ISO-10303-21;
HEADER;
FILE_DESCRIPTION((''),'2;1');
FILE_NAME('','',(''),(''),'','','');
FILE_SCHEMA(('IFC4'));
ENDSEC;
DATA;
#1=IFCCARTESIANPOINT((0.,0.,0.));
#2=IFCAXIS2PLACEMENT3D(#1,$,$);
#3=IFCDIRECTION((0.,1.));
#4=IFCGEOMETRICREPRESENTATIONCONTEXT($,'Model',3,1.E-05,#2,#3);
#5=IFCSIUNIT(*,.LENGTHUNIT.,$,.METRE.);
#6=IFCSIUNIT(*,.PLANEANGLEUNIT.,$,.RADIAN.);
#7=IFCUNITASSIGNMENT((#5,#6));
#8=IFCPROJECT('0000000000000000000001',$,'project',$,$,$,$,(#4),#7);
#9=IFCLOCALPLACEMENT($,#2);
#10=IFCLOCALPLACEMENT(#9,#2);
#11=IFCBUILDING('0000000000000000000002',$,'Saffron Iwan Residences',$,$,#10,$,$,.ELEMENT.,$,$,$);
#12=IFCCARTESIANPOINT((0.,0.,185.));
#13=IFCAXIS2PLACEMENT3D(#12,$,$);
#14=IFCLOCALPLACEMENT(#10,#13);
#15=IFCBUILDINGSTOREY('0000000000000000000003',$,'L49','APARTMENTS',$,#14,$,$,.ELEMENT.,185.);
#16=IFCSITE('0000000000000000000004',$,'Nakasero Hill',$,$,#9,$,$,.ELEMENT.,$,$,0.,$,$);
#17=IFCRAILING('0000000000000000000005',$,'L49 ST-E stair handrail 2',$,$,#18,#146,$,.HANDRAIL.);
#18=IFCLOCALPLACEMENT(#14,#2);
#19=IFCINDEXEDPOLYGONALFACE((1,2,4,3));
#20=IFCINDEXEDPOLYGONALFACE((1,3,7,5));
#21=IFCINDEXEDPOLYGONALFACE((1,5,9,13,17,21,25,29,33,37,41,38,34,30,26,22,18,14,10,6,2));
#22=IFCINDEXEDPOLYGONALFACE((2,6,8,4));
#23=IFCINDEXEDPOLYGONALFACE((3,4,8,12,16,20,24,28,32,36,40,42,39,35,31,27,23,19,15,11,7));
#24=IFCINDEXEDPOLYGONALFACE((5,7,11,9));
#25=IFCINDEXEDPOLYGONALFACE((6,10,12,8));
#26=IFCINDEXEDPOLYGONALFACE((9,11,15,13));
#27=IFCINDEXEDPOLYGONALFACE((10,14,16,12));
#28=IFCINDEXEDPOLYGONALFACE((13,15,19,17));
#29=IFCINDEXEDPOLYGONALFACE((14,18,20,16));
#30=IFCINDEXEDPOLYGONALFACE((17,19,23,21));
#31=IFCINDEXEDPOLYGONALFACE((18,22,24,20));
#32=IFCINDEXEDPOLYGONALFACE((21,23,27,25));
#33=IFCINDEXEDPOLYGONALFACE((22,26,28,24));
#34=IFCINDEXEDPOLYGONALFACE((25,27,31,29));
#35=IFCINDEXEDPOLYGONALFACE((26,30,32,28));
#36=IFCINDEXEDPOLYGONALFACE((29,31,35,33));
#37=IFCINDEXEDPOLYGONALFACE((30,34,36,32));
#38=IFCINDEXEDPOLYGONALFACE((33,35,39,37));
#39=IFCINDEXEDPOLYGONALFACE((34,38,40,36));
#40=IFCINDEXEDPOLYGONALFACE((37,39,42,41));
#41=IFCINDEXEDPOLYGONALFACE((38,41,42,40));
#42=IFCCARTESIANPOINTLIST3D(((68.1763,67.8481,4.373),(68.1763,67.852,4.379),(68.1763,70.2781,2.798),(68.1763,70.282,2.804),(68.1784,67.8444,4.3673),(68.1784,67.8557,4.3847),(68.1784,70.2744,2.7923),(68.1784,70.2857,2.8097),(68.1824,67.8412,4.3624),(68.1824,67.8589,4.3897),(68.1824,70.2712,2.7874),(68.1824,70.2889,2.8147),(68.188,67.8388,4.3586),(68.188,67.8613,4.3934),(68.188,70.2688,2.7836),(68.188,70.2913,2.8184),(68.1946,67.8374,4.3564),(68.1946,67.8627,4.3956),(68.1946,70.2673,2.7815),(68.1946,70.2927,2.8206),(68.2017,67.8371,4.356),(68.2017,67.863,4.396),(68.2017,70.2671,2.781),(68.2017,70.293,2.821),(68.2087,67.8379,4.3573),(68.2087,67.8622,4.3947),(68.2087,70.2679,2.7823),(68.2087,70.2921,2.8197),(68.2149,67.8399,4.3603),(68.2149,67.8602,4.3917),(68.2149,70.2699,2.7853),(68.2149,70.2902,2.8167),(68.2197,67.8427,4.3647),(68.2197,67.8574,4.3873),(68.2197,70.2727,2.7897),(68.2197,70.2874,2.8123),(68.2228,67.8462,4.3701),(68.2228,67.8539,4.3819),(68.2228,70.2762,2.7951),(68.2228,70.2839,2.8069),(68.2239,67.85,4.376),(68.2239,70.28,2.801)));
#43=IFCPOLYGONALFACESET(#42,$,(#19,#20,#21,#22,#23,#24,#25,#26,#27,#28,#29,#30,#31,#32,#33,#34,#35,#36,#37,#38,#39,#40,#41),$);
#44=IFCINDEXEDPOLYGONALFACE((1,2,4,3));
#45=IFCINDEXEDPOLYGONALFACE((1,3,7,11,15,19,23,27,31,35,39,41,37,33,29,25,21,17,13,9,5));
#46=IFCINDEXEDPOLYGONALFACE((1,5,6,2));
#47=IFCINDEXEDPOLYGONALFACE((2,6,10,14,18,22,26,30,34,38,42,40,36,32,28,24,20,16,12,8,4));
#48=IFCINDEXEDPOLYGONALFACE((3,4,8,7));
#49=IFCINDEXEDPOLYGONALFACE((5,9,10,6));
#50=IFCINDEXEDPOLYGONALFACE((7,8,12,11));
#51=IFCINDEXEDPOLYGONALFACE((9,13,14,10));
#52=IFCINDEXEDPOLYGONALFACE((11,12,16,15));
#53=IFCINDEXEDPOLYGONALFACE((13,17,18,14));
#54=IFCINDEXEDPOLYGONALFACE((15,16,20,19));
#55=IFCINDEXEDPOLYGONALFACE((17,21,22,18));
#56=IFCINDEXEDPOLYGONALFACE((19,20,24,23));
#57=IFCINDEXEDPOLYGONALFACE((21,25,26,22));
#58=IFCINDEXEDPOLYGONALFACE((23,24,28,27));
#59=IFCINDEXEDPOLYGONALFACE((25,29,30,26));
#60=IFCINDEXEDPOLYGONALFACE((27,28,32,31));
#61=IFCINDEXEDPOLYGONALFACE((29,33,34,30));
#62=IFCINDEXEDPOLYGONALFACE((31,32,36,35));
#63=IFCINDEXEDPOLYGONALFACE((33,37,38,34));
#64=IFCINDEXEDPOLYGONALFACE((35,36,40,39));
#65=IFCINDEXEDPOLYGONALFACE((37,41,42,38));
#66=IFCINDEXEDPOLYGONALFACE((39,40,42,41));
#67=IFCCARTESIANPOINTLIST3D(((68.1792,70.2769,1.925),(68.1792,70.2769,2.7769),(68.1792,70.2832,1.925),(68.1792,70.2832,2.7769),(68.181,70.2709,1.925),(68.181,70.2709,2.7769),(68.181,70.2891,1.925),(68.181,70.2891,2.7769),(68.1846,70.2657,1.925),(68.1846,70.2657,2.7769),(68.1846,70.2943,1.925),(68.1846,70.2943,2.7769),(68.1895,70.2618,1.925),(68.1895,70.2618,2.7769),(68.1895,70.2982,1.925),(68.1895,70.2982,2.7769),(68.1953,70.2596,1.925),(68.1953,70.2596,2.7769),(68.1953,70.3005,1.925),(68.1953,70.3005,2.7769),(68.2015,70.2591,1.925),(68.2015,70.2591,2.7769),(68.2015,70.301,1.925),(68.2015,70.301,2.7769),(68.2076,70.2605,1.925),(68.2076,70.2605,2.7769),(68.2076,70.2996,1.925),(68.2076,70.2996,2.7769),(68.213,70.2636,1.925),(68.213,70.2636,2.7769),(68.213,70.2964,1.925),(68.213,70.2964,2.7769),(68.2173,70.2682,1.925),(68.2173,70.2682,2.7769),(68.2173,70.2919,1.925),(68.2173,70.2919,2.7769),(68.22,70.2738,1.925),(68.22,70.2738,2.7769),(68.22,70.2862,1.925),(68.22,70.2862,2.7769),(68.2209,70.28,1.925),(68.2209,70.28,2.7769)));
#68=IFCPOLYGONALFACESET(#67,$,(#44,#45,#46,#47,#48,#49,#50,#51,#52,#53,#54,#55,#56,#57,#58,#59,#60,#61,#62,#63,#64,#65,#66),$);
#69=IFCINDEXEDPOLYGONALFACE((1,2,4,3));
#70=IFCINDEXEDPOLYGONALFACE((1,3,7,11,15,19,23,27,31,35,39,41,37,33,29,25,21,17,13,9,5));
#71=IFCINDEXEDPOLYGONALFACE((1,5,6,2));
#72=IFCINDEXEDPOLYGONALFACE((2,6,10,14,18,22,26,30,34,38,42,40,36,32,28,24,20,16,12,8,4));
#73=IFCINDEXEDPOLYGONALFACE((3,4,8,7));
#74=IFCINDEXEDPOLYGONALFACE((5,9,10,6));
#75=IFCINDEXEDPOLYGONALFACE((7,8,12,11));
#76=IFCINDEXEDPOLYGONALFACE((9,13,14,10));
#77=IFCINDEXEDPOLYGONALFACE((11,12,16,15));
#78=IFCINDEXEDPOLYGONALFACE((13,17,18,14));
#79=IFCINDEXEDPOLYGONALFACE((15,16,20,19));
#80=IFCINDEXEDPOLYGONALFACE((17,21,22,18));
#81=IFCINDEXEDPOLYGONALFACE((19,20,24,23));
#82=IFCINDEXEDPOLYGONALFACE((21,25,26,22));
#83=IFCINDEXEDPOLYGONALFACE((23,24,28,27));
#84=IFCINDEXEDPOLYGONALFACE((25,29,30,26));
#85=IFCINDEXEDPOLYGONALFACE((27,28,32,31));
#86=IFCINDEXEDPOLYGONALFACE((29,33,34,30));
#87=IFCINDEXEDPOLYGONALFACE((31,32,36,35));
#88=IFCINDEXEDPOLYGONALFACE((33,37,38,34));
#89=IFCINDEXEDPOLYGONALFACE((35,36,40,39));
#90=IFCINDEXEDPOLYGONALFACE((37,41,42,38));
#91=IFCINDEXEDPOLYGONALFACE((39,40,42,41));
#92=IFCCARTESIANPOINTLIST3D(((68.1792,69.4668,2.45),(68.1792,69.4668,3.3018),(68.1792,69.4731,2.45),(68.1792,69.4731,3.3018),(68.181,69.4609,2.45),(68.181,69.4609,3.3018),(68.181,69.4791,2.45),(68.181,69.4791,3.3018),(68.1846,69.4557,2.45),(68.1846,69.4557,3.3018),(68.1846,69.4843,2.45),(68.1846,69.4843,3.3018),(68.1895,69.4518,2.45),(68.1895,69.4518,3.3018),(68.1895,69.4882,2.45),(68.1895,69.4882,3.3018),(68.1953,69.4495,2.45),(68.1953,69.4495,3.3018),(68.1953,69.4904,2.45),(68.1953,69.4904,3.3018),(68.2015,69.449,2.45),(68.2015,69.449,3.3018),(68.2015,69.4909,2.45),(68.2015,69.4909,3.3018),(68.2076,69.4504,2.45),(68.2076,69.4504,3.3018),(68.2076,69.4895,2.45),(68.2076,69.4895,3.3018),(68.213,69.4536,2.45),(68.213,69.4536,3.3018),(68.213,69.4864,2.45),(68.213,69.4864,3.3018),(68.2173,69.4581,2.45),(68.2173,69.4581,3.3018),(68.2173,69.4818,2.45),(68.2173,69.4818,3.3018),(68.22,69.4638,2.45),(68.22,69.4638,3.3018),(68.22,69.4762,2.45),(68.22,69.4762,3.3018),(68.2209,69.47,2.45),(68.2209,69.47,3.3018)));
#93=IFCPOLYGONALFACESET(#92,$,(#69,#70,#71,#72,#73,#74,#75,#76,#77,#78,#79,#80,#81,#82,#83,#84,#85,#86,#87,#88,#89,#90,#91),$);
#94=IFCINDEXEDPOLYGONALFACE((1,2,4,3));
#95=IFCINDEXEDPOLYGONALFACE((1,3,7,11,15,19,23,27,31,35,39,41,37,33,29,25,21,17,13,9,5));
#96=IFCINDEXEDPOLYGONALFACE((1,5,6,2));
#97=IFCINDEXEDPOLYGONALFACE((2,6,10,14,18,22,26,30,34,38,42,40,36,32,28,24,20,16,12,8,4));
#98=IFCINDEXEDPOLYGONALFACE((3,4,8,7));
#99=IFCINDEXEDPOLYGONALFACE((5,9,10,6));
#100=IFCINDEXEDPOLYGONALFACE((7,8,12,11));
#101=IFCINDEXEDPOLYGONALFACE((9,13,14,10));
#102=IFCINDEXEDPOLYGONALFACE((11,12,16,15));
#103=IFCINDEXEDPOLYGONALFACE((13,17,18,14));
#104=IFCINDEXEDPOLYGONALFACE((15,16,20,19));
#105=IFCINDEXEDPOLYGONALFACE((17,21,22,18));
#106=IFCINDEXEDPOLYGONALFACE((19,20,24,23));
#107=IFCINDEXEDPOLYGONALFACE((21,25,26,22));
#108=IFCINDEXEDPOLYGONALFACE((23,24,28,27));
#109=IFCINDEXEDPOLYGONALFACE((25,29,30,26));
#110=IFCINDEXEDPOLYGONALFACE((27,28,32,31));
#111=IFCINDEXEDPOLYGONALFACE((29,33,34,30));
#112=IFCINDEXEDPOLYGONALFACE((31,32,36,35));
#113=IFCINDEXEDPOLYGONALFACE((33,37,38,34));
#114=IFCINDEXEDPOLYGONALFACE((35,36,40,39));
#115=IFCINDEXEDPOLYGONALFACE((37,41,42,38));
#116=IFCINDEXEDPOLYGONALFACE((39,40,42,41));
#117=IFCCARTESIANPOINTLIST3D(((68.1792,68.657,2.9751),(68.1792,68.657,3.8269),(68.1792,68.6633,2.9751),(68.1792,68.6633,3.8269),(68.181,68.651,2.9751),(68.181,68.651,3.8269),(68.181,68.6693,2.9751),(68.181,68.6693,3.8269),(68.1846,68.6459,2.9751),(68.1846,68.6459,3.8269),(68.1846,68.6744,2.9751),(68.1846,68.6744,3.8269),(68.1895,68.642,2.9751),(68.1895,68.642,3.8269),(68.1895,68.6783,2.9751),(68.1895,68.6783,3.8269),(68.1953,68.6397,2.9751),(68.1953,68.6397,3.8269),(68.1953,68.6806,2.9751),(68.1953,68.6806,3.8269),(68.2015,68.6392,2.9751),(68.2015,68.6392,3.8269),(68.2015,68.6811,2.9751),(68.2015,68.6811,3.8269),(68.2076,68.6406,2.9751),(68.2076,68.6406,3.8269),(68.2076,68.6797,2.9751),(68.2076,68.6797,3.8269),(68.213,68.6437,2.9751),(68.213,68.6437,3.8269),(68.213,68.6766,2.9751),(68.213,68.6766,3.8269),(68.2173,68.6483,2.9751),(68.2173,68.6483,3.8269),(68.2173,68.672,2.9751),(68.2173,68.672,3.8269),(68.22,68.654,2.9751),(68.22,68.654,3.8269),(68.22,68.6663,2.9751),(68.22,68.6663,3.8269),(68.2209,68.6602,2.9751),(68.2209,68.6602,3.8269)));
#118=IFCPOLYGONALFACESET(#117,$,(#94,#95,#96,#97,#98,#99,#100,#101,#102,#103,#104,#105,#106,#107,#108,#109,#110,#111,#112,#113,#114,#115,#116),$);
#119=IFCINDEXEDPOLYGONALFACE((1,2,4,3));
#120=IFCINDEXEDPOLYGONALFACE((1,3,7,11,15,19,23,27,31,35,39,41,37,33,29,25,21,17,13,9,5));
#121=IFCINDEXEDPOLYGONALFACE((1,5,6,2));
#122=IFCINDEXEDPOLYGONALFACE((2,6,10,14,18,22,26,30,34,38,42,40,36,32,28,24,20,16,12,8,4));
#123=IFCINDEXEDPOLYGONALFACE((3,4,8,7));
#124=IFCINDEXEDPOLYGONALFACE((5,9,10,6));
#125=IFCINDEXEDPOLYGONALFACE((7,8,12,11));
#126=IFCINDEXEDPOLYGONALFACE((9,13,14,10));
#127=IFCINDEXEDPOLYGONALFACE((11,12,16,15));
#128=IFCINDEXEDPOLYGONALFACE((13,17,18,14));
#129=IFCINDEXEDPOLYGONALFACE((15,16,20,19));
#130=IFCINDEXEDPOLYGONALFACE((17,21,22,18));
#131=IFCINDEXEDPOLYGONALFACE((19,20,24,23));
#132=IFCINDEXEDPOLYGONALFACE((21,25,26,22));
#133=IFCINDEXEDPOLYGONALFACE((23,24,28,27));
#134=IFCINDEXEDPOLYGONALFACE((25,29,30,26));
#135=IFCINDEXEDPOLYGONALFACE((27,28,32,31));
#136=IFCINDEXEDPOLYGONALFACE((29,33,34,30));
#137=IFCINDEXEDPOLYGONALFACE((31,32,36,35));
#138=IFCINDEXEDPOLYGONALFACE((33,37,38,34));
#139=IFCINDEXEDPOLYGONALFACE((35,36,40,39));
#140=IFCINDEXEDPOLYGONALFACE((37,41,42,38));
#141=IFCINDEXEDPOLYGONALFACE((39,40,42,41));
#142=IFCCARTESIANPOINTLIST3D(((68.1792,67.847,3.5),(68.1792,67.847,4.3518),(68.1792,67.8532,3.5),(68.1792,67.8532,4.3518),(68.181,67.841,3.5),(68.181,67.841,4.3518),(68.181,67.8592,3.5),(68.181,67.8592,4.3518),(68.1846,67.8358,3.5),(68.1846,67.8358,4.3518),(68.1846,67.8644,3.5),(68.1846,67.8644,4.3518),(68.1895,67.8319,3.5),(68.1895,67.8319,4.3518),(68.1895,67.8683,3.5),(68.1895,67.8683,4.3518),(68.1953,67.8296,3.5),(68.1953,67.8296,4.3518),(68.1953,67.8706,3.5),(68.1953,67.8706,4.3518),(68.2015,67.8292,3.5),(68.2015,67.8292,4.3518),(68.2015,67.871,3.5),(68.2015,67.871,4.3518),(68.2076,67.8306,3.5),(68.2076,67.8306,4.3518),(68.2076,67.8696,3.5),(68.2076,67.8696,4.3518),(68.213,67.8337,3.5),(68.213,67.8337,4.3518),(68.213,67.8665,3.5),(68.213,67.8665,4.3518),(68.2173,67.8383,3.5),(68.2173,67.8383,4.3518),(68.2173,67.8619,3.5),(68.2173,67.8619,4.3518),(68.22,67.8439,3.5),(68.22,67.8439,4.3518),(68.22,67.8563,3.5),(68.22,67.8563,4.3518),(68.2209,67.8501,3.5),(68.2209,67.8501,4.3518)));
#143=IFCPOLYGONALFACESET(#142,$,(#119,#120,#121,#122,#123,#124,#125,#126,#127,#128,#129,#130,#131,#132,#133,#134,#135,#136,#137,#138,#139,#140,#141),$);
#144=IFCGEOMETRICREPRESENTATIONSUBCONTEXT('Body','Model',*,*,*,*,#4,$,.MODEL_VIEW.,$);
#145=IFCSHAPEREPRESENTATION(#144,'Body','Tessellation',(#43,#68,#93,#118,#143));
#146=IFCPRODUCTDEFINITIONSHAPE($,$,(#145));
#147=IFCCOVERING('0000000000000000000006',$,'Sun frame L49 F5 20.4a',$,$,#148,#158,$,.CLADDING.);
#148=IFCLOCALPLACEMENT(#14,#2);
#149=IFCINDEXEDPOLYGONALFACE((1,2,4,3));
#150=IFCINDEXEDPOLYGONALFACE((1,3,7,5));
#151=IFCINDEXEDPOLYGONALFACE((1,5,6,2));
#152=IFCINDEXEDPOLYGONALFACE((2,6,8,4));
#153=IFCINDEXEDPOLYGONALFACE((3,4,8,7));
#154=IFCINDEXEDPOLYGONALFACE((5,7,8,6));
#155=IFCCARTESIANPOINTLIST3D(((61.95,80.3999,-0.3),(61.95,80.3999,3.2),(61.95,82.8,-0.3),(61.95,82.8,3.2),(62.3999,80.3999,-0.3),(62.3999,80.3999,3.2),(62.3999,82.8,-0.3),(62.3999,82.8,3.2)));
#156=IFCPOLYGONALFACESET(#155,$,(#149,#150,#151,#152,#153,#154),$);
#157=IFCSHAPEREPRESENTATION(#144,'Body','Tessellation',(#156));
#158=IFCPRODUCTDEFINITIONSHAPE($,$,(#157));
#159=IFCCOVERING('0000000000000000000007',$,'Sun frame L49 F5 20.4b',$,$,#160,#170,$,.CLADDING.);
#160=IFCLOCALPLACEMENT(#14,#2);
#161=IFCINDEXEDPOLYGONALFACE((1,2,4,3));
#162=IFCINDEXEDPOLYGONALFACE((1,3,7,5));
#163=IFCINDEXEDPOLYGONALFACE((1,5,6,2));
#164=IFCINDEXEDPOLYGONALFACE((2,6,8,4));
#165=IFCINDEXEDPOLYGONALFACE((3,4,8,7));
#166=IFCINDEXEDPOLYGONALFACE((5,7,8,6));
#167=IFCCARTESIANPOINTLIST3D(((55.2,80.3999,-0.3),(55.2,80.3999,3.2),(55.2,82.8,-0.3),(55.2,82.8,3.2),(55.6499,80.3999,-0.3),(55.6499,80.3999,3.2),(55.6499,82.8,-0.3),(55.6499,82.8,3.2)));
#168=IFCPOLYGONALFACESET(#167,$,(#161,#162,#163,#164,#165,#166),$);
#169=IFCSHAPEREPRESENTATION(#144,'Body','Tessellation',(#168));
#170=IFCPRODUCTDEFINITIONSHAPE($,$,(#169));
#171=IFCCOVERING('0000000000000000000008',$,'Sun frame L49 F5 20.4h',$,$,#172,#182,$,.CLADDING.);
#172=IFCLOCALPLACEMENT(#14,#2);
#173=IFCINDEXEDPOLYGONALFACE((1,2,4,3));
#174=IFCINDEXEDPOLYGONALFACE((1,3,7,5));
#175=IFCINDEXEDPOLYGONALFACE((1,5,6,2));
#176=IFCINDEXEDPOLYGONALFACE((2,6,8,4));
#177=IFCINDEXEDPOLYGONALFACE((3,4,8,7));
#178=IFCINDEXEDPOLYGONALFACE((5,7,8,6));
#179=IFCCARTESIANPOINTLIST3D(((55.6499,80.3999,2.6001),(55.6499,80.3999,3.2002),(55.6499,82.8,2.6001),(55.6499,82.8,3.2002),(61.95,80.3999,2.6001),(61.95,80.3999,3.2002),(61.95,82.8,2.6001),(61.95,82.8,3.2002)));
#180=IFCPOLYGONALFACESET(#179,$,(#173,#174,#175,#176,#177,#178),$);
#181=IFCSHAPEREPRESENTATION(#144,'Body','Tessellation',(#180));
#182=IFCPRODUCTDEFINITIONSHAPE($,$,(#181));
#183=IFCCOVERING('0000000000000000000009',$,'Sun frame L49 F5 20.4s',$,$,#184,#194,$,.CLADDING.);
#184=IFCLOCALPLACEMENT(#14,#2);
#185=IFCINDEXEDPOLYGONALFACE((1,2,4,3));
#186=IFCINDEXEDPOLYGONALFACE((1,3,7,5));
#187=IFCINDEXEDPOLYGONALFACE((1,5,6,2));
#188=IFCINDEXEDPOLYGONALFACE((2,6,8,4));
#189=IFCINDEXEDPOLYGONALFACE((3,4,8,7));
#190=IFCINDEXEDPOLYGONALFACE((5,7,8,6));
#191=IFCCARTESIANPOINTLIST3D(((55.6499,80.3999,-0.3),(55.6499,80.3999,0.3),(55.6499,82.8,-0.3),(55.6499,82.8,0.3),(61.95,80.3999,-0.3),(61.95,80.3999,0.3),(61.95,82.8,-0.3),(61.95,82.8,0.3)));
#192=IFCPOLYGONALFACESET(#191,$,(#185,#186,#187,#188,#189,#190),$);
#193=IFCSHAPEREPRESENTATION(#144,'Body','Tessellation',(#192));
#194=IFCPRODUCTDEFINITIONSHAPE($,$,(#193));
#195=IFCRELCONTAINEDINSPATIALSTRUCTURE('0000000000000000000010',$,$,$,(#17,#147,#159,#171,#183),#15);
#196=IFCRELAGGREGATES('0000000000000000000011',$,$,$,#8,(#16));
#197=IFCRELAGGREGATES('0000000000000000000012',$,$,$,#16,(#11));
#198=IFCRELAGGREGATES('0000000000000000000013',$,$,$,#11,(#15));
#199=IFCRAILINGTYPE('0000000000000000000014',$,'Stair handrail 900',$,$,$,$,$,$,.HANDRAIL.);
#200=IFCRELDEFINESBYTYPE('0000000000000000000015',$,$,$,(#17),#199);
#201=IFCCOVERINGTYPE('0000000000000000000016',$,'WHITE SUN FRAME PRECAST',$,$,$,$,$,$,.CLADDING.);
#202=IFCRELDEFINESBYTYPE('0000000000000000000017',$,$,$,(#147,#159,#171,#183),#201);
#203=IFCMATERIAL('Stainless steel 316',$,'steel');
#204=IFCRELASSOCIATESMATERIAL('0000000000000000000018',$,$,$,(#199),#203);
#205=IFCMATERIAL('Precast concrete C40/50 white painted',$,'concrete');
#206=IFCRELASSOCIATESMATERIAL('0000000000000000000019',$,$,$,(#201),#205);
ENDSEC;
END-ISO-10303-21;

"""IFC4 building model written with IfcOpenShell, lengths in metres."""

from ifc_helpers import new_model, si_unit, direction, frame, origin, origin_2d, place, context, subcontext, project, spatial, polyline, circle, outline, extrude, material, type_object, element, save


model = new_model("IFC4")

# Units and contexts
model_context = context("Model", 3, precision=1e-05, world=origin(), true_north=direction((0.0, 1.0)))
body_context = subcontext(model_context, "Body", "Model", "MODEL_VIEW")
ifc_project = project(units=[si_unit("LENGTHUNIT", "METRE"), si_unit("PLANEANGLEUNIT", "RADIAN")], contexts=[model_context])

# Site, building, storey
site_placement = place(None, origin())
site = spatial("IfcSite", under=ifc_project, at=site_placement, Name="Nakasero Hill", CompositionType="ELEMENT", RefElevation=0.0)
building_placement = place(site_placement, origin())
building = spatial("IfcBuilding", under=site, at=building_placement, Name="Saffron Iwan Residences", CompositionType="ELEMENT")
storey_placement = place(building_placement, frame((0.0, 0.0, 185.0)))
storey = spatial("IfcBuildingStorey", under=building, at=storey_placement, Name="L49", Description="APARTMENTS", CompositionType="ELEMENT", Elevation=185.0)

# Railing
ifc_material_1 = material(Name="Stainless steel 316", Category="steel")
railing_type = type_object("IfcRailingType", Name="Stair handrail 900", PredefinedType="HANDRAIL", material=ifc_material_1)
railing_1_placement = place(storey_placement, frame((68.2, 70.28, 1.925)))
element("IfcRailing", 1, at=railing_1_placement, inside=storey, type_object=railing_type, Name="L49 ST-E stair handrail 2", PredefinedType="HANDRAIL", context=body_context, shape_type="SweptSolid", body=[
    extrude(circle(Radius=0.0239, at=origin_2d()), frame((0.0, 0.0, 0.876), z_axis=(0.0, -0.839154, 0.543894), x_axis=(1.0, 0.0, 0.0)), (0.0, 0.0, 1.0), 2.8958),
    extrude(circle(Radius=0.021, at=origin_2d()), origin(), (0.0, 0.0, 1.0), 0.8518),
    extrude(circle(Radius=0.021, at=origin_2d()), frame((0.0, -0.8101, 0.5249)), (0.0, 0.0, 1.0), 0.8518),
    extrude(circle(Radius=0.021, at=origin_2d()), frame((0.0, -1.6199, 1.05)), (0.0, 0.0, 1.0), 0.8518),
    extrude(circle(Radius=0.021, at=origin_2d()), frame((0.0, -2.4299, 1.575)), (0.0, 0.0, 1.0), 0.8518),
])

# Coverings
ifc_material_2 = material(Name="Precast concrete C40/50 white painted", Category="concrete")
covering_type = type_object("IfcCoveringType", Name="WHITE SUN FRAME PRECAST", PredefinedType="CLADDING", material=ifc_material_2)
for number, where, z_axis, x_axis, name in (
    (2, (62.3999, 80.3999, -0.3), (0.0, 1.0, 0.0), (-1.0, 0.0, 0.0), "Sun frame L49 F5 20.4a"),
    (3, (55.6499, 80.3999, -0.3), (0.0, 1.0, 0.0), (-1.0, 0.0, 0.0), "Sun frame L49 F5 20.4b"),
):
    element("IfcCovering", number, at=place(storey_placement, frame(where, z_axis=z_axis, x_axis=x_axis)), inside=storey, type_object=covering_type, Name=name, PredefinedType="CLADDING", context=body_context, shape_type="SweptSolid", body=[
        extrude(outline(polyline([(0.0, 0.0), (0.45, 0.0), (0.45, 3.5), (0.0, 3.5), (0.0, 0.0)])), origin(), (0.0, 0.0, 1.0), 2.4001),
    ])
for number, where, z_axis, x_axis, name in (
    (4, (61.95, 80.3999, 2.6001), (0.0, 1.0, 0.0), (-1.0, 0.0, 0.0), "Sun frame L49 F5 20.4h"),
    (5, (61.95, 80.3999, -0.3), (0.0, 1.0, 0.0), (-1.0, 0.0, 0.0), "Sun frame L49 F5 20.4s"),
):
    element("IfcCovering", number, at=place(storey_placement, frame(where, z_axis=z_axis, x_axis=x_axis)), inside=storey, type_object=covering_type, Name=name, PredefinedType="CLADDING", context=body_context, shape_type="SweptSolid", body=[
        extrude(outline(polyline([(0.0, 0.0), (6.3, 0.0), (6.3, 0.6001), (0.0, 0.6001), (0.0, 0.0)])), origin(), (0.0, 0.0, 1.0), 2.4001),
    ])

save(model, "model.ifc")
